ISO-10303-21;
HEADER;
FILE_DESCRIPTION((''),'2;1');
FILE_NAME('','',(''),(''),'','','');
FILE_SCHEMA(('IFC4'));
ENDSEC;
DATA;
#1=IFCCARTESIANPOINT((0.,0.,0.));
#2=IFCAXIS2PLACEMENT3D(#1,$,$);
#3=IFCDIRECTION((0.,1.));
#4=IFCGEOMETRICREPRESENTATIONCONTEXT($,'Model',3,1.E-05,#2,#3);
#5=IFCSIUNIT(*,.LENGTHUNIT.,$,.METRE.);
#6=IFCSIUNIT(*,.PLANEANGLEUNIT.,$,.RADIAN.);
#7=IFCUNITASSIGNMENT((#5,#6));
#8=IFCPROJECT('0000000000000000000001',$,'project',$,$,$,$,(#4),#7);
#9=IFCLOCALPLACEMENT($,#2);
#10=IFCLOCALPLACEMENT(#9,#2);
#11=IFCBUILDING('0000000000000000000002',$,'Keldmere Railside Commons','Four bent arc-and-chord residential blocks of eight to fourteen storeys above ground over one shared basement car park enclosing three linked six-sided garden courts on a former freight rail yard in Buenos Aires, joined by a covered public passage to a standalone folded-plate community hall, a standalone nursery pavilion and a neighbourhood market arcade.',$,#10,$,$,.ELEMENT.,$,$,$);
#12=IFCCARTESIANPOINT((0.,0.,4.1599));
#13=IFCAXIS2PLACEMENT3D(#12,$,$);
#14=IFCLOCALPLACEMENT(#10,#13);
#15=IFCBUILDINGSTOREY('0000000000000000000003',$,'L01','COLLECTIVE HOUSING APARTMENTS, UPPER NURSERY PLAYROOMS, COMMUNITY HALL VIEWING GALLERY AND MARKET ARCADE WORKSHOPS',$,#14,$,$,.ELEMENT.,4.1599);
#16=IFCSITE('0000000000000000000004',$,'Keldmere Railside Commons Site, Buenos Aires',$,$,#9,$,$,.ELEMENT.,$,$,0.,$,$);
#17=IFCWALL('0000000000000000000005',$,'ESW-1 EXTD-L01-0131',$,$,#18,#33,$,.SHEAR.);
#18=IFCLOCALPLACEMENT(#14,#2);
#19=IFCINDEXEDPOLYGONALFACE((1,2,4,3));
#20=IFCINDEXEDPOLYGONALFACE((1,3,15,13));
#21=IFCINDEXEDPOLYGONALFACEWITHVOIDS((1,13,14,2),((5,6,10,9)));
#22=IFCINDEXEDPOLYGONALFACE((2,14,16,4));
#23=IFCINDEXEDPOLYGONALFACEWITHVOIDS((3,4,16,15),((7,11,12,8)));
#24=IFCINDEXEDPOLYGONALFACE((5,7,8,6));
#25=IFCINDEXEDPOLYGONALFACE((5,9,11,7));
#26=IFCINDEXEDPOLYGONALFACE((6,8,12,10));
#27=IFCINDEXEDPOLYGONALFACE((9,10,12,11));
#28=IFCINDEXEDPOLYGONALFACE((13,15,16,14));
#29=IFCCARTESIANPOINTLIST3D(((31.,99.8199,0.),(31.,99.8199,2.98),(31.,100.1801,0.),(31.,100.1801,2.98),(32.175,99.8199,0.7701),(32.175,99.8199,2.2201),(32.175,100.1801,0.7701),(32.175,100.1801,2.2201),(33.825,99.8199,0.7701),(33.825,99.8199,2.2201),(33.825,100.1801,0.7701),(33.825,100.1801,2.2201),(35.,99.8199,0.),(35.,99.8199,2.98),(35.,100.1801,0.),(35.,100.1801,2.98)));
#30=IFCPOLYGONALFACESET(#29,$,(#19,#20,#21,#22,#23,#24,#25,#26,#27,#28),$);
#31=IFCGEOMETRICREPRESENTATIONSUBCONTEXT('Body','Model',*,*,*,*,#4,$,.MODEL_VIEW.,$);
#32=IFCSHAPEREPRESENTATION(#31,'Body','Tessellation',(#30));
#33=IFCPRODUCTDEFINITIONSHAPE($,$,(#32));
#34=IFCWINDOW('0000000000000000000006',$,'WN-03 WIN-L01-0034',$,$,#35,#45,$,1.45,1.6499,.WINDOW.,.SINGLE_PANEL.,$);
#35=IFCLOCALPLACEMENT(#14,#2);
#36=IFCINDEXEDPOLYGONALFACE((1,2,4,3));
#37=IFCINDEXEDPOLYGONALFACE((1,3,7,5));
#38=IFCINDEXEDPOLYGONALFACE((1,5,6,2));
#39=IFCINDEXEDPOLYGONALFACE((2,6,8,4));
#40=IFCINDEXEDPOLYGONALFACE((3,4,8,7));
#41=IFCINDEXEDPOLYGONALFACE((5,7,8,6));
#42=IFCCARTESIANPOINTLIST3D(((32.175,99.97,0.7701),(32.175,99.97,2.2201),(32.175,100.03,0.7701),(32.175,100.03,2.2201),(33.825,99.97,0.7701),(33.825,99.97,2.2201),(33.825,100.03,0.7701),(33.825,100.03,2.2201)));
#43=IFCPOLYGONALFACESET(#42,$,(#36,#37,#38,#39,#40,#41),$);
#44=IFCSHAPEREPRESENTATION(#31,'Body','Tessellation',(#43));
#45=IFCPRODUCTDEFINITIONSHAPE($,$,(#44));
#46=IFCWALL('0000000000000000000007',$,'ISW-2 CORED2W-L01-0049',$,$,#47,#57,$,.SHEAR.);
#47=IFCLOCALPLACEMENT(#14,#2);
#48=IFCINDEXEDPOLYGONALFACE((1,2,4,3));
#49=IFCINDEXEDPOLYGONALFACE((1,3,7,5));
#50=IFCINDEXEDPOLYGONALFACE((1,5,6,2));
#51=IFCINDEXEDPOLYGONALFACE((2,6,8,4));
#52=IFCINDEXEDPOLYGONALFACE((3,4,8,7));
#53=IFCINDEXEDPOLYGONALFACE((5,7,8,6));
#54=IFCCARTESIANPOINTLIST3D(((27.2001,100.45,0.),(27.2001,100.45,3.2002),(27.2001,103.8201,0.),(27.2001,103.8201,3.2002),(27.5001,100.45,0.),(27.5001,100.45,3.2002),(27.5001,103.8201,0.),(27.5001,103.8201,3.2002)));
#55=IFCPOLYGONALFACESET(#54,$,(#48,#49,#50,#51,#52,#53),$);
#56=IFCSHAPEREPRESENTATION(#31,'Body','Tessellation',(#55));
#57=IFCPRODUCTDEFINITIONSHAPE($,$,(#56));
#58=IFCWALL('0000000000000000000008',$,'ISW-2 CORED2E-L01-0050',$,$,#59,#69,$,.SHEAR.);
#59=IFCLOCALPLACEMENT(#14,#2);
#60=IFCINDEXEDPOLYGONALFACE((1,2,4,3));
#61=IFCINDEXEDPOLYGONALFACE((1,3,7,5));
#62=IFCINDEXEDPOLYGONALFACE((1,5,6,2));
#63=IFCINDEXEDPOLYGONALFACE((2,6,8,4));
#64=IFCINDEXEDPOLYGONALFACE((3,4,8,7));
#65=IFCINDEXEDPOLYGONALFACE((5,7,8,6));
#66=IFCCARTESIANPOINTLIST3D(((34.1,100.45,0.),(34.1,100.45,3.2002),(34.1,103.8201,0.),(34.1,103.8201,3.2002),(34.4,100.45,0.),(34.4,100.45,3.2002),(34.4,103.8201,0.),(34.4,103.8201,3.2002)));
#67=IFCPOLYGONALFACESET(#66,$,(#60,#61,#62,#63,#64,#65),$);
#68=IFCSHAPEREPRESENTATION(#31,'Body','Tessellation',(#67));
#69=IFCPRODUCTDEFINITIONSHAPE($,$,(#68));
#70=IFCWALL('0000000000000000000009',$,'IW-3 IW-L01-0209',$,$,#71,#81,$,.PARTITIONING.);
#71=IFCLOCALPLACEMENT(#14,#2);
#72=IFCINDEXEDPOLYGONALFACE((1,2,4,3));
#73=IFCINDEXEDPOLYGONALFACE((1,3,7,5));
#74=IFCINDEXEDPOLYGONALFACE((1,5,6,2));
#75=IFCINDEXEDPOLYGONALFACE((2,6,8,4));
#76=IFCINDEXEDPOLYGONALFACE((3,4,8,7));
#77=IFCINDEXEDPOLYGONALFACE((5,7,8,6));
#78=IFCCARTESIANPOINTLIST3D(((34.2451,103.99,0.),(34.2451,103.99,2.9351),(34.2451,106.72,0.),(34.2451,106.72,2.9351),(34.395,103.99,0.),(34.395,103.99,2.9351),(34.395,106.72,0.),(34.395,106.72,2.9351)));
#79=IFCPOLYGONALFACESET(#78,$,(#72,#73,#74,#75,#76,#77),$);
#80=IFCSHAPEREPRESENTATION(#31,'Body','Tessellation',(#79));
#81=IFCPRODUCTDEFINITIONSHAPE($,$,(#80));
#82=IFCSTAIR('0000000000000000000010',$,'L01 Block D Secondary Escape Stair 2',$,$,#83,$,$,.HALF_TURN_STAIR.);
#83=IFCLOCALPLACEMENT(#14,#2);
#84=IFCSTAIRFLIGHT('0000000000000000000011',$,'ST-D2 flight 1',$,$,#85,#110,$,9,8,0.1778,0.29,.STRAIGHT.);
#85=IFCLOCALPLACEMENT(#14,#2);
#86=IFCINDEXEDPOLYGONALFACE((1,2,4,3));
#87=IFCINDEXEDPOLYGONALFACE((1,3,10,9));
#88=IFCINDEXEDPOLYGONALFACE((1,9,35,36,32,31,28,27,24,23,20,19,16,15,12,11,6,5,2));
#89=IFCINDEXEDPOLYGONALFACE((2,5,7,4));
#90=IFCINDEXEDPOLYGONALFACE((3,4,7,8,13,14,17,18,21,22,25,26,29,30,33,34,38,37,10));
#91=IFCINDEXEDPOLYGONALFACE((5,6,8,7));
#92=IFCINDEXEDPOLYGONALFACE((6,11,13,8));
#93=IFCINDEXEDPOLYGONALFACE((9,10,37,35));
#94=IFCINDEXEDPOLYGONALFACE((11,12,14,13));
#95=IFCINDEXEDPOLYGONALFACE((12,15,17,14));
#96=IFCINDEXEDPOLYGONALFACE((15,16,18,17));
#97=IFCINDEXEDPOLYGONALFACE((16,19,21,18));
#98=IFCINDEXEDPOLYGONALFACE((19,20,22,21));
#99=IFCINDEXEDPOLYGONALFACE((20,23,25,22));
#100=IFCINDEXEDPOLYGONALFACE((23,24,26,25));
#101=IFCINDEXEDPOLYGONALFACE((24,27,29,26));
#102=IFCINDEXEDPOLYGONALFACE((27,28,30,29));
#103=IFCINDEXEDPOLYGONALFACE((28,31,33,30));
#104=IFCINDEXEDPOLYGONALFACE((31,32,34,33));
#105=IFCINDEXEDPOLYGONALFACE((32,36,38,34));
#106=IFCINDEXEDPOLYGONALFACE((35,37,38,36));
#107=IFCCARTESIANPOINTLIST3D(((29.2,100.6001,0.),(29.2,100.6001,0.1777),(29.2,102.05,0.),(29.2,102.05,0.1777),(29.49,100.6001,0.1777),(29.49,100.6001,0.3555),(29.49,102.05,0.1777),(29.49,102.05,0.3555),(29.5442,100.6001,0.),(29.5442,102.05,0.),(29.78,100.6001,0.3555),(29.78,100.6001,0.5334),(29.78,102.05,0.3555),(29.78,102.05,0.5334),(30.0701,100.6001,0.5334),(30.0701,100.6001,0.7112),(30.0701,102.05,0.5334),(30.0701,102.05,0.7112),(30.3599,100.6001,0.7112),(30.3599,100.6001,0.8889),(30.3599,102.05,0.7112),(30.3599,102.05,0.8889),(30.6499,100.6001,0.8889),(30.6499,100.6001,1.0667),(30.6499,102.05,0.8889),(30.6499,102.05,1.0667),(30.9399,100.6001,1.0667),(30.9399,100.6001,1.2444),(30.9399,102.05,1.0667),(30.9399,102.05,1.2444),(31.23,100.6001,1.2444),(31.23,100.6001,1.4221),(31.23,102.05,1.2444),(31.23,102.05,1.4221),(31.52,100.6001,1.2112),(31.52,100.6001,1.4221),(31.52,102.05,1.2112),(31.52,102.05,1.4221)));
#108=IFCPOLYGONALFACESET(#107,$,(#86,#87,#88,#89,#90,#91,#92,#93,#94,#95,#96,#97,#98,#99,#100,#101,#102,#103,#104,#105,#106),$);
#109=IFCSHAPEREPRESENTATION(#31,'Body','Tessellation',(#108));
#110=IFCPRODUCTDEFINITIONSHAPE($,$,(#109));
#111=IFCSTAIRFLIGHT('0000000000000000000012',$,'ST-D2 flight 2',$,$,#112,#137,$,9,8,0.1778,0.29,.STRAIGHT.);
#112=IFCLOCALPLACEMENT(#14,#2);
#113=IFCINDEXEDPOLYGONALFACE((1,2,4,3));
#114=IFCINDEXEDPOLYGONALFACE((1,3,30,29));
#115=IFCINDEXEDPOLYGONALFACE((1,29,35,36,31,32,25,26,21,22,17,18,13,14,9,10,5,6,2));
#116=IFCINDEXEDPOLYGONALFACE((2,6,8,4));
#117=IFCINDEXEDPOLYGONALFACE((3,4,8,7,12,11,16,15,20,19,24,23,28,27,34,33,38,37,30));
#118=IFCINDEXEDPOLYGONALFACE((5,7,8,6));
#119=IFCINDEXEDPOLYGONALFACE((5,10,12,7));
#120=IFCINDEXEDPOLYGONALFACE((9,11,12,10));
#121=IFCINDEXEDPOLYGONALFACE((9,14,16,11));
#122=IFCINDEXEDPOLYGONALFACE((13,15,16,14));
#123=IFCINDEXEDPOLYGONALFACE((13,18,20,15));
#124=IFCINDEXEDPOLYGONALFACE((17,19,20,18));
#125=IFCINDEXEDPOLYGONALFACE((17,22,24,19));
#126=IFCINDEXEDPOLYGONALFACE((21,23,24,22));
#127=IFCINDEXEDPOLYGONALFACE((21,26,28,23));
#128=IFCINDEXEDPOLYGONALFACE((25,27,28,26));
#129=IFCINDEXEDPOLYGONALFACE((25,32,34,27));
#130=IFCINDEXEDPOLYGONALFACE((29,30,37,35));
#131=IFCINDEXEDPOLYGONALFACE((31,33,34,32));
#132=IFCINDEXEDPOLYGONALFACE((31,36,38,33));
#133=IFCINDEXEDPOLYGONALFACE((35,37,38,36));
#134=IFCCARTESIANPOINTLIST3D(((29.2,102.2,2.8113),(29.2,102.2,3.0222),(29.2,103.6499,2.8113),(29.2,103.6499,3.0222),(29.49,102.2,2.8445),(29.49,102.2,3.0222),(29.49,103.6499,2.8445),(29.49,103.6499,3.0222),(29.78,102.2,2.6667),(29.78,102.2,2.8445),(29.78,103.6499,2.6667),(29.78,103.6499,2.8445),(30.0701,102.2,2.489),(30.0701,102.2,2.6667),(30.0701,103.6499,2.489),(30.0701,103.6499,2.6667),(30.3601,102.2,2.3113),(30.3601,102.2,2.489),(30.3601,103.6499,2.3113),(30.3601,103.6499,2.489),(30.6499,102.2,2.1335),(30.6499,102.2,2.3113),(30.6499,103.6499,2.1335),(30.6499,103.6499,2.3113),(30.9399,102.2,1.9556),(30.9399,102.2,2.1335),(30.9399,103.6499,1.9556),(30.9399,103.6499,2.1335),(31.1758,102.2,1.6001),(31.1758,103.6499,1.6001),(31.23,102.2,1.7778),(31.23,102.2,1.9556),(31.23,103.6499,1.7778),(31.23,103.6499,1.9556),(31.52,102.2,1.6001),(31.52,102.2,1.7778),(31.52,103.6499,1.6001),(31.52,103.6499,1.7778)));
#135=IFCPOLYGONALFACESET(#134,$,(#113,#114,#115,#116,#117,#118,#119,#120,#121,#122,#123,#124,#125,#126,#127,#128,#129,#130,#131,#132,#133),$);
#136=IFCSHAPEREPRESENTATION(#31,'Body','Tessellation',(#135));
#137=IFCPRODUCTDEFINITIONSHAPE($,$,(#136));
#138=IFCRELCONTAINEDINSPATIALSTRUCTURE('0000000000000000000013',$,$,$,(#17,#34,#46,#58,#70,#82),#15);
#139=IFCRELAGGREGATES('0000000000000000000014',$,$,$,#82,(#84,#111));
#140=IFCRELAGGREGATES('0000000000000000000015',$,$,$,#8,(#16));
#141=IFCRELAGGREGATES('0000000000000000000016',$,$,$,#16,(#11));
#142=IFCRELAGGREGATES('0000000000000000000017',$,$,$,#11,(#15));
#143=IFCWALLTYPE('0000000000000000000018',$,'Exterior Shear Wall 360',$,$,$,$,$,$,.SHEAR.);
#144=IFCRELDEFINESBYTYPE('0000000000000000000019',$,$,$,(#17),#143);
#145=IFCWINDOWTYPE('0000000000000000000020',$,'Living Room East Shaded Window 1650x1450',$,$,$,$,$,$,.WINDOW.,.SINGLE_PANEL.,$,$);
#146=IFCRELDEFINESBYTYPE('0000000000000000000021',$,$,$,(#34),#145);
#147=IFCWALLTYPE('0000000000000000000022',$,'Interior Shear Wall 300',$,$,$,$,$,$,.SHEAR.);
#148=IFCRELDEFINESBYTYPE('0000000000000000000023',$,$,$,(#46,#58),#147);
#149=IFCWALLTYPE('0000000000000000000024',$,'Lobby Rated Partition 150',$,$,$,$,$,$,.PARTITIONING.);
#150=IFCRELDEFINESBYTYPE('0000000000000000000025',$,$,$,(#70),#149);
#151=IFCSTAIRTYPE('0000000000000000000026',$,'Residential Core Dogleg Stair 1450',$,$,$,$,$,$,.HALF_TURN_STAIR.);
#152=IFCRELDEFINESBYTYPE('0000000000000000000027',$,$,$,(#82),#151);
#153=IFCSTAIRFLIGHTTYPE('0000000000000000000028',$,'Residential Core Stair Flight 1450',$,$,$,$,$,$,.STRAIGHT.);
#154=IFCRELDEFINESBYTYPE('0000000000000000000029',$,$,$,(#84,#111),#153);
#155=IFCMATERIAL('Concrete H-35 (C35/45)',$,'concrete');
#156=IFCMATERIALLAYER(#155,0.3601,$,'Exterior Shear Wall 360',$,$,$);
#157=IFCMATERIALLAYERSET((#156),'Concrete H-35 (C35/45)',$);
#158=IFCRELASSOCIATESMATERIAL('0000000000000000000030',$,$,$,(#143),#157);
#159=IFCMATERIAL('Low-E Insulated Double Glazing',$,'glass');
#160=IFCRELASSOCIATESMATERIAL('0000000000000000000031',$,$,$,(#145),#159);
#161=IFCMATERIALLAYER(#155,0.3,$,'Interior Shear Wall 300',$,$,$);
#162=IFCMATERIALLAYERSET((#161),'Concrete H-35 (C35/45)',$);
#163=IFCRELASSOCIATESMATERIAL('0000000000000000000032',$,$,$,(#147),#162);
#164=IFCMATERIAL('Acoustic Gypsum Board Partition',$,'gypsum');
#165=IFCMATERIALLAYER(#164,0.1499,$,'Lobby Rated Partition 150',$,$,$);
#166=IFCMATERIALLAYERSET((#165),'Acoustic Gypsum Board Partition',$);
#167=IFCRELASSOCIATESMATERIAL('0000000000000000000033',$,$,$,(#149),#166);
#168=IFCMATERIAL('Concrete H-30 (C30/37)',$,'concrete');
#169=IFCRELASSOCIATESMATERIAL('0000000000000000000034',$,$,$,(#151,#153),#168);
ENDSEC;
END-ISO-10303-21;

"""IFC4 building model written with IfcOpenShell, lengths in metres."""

from ifc_helpers import new_model, si_unit, direction, frame, frame_2d, origin, place, context, subcontext, project, spatial, polyline, rectangle, outline, extrude, material, layer, layer_set, type_object, element, fill, aggregate, save


model = new_model("IFC4")

# Units and contexts
model_context = context("Model", 3, precision=1e-05, world=origin(), true_north=direction((0.0, 1.0)))
body_context = subcontext(model_context, "Body", "Model", "MODEL_VIEW")
ifc_project = project(units=[si_unit("LENGTHUNIT", "METRE"), si_unit("PLANEANGLEUNIT", "RADIAN")], contexts=[model_context])

# Site, building, storey
site_placement = place(None, origin())
site = spatial("IfcSite", under=ifc_project, at=site_placement, Name="Keldmere Railside Commons Site, Buenos Aires", CompositionType="ELEMENT", RefElevation=0.0)
building_placement = place(site_placement, origin())
building = spatial("IfcBuilding", under=site, at=building_placement, Name="Keldmere Railside Commons", Description="Four bent arc-and-chord residential blocks of eight to fourteen storeys above ground over one shared basement car park enclosing three linked six-sided garden courts on a former freight rail yard in Buenos Aires, joined by a covered public passage to a standalone folded-plate community hall, a standalone nursery pavilion and a neighbourhood market arcade.", CompositionType="ELEMENT")
storey_placement = place(building_placement, frame((0.0, 0.0, 4.1599)))
storey = spatial("IfcBuildingStorey", under=building, at=storey_placement, Name="L01", Description="COLLECTIVE HOUSING APARTMENTS, UPPER NURSERY PLAYROOMS, COMMUNITY HALL VIEWING GALLERY AND MARKET ARCADE WORKSHOPS", CompositionType="ELEMENT", Elevation=4.1599)

# Wall, opening, window
ifc_material_1 = material(Name="Concrete H-35 (C35/45)", Category="concrete")
ifc_layer_1 = layer(ifc_material_1, 0.3601, Name="Exterior Shear Wall 360")
ifc_layer_set_1 = layer_set([ifc_layer_1], Name="Concrete H-35 (C35/45)")
wall_type_1 = type_object("IfcWallType", Name="Exterior Shear Wall 360", PredefinedType="SHEAR", material=ifc_layer_set_1)
wall_1_placement = place(storey_placement, frame((35.0, 100.0, 0.0), z_axis=(0.0, 0.0, 1.0), x_axis=(-1.0, 0.0, 0.0)))
wall_1 = element("IfcWall", 1, at=wall_1_placement, inside=storey, type_object=wall_type_1, Name="ESW-1 EXTD-L01-0131", PredefinedType="SHEAR", context=body_context, shape_type="SweptSolid", body=[
    extrude(rectangle(XDim=4.0, YDim=0.3601, at=frame_2d((2.0, 0.0))), origin(), (0.0, 0.0, 1.0), 2.98),
])
opening_1_placement = place(wall_1_placement, frame((1.175, 0.0, 0.77)))
opening_1 = element("IfcOpeningElement", 2, at=opening_1_placement, cuts=wall_1, PredefinedType="OPENING", context=body_context, shape_type="SweptSolid", body=[
    extrude(rectangle(XDim=1.6499, YDim=1.45, at=frame_2d((0.825, 0.7251))), frame((0.0, 0.1899, 0.0), z_axis=(0.0, -1.0, 0.0), x_axis=(1.0, 0.0, 0.0)), (0.0, 0.0, 1.0), 0.3801),
])
ifc_material_2 = material(Name="Low-E Insulated Double Glazing", Category="glass")
window_type = type_object("IfcWindowType", Name="Living Room East Shaded Window 1650x1450", PartitioningType="SINGLE_PANEL", PredefinedType="WINDOW", material=ifc_material_2)
window_placement = place(opening_1_placement, origin())
window = element("IfcWindow", 3, at=window_placement, inside=storey, type_object=window_type, Name="WN-03 WIN-L01-0034", OverallHeight=1.45, OverallWidth=1.6499, PartitioningType="SINGLE_PANEL", PredefinedType="WINDOW", context=body_context, shape_type="SweptSolid", body=[
    extrude(rectangle(XDim=1.6499, YDim=1.45, at=frame_2d((0.825, 0.7251))), frame((0.0, 0.03, 0.0), z_axis=(0.0, -1.0, 0.0), x_axis=(1.0, 0.0, 0.0)), (0.0, 0.0, 1.0), 0.0601),
])
fill(opening_1, window)

# Walls
ifc_layer_2 = layer(ifc_material_1, 0.3, Name="Interior Shear Wall 300")
ifc_layer_set_2 = layer_set([ifc_layer_2], Name="Concrete H-35 (C35/45)")
wall_type_2 = type_object("IfcWallType", Name="Interior Shear Wall 300", PredefinedType="SHEAR", material=ifc_layer_set_2)
for number, where, z_axis, x_axis, name in (
    (4, (27.3501, 103.8201, 0.0), (0.0, 0.0, 1.0), (0.0, -1.0, 0.0), "ISW-2 CORED2W-L01-0049"),
    (5, (34.25, 100.45, 0.0), (0.0, 0.0, 1.0), (0.0, 1.0, 0.0), "ISW-2 CORED2E-L01-0050"),
):
    element("IfcWall", number, at=place(storey_placement, frame(where, z_axis=z_axis, x_axis=x_axis)), inside=storey, type_object=wall_type_2, Name=name, PredefinedType="SHEAR", context=body_context, shape_type="SweptSolid", body=[
        extrude(rectangle(XDim=3.3701, YDim=0.3, at=frame_2d((1.6851, 0.0))), origin(), (0.0, 0.0, 1.0), 3.2002),
    ])

# Wall
ifc_material_3 = material(Name="Acoustic Gypsum Board Partition", Category="gypsum")
ifc_layer_3 = layer(ifc_material_3, 0.1499, Name="Lobby Rated Partition 150")
ifc_layer_set_3 = layer_set([ifc_layer_3], Name="Acoustic Gypsum Board Partition")
wall_type_3 = type_object("IfcWallType", Name="Lobby Rated Partition 150", PredefinedType="PARTITIONING", material=ifc_layer_set_3)
wall_2_placement = place(storey_placement, frame((34.3201, 103.99, 0.0), z_axis=(0.0, 0.0, 1.0), x_axis=(0.0, 1.0, 0.0)))
element("IfcWall", 6, at=wall_2_placement, inside=storey, type_object=wall_type_3, Name="IW-3 IW-L01-0209", PredefinedType="PARTITIONING", context=body_context, shape_type="SweptSolid", body=[
    extrude(rectangle(XDim=2.73, YDim=0.1499, at=frame_2d((1.365, 0.0))), origin(), (0.0, 0.0, 1.0), 2.9351),
])

# Stair, stair flights
ifc_material_4 = material(Name="Concrete H-30 (C30/37)", Category="concrete")
stair_type = type_object("IfcStairType", Name="Residential Core Dogleg Stair 1450", PredefinedType="HALF_TURN_STAIR", material=ifc_material_4)
stair_placement = place(storey_placement, origin())
stair = element("IfcStair", 7, at=stair_placement, inside=storey, type_object=stair_type, Name="L01 Block D Secondary Escape Stair 2", PredefinedType="HALF_TURN_STAIR")
stair_flight_type = type_object("IfcStairFlightType", Name="Residential Core Stair Flight 1450", PredefinedType="STRAIGHT", material=ifc_material_4)
stair_flight_1_placement = place(storey_placement, frame((29.2, 101.325, 0.0), z_axis=(0.0, 0.0, 1.0), x_axis=(1.0, 0.0, 0.0)))
stair_flight_1 = element("IfcStairFlight", 8, at=stair_flight_1_placement, type_object=stair_flight_type, Name="ST-D2 flight 1", NumberOfRisers=9, NumberOfTreads=8, PredefinedType="STRAIGHT", RiserHeight=0.1778, TreadLength=0.29, context=body_context, shape_type="SweptSolid", body=[
    extrude(outline(polyline([(0.0, 0.0), (0.0, 0.1777), (0.29, 0.1777), (0.29, 0.3555), (0.5801, 0.3555), (0.5801, 0.5334), (0.8701, 0.5334), (0.8701, 0.7112), (1.1599, 0.7112), (1.1599, 0.8889), (1.45, 0.8889), (1.45, 1.0667), (1.74, 1.0667), (1.74, 1.2444), (2.03, 1.2444), (2.03, 1.4221), (2.3201, 1.4221), (2.3201, 1.6001), (2.3201, 1.2112), (0.3442, 0.0), (0.0, 0.0)])), frame((0.0, 0.7251, 0.0), z_axis=(0.0, -1.0, 0.0), x_axis=(1.0, 0.0, 0.0)), (0.0, 0.0, 1.0), 1.45),
])
stair_flight_2_placement = place(storey_placement, frame((31.52, 102.925, 1.6001), z_axis=(0.0, 0.0, 1.0), x_axis=(-1.0, 0.0, 0.0)))
stair_flight_2 = element("IfcStairFlight", 9, at=stair_flight_2_placement, type_object=stair_flight_type, Name="ST-D2 flight 2", NumberOfRisers=9, NumberOfTreads=8, PredefinedType="STRAIGHT", RiserHeight=0.1778, TreadLength=0.29, context=body_context, shape_type="SweptSolid", body=[
    extrude(outline(polyline([(0.0, 0.0), (0.0, 0.1777), (0.29, 0.1777), (0.29, 0.3555), (0.5801, 0.3555), (0.5801, 0.5334), (0.8701, 0.5334), (0.8701, 0.7112), (1.1599, 0.7112), (1.1599, 0.8889), (1.45, 0.8889), (1.45, 1.0667), (1.74, 1.0667), (1.74, 1.2444), (2.03, 1.2444), (2.03, 1.4221), (2.3201, 1.4221), (2.3201, 1.6001), (2.3201, 1.2112), (0.3442, 0.0), (0.0, 0.0)])), frame((0.0, 0.7251, 0.0), z_axis=(0.0, -1.0, 0.0), x_axis=(1.0, 0.0, 0.0)), (0.0, 0.0, 1.0), 1.45),
])
aggregate(stair, [stair_flight_1, stair_flight_2])

save(model, "model.ifc")
